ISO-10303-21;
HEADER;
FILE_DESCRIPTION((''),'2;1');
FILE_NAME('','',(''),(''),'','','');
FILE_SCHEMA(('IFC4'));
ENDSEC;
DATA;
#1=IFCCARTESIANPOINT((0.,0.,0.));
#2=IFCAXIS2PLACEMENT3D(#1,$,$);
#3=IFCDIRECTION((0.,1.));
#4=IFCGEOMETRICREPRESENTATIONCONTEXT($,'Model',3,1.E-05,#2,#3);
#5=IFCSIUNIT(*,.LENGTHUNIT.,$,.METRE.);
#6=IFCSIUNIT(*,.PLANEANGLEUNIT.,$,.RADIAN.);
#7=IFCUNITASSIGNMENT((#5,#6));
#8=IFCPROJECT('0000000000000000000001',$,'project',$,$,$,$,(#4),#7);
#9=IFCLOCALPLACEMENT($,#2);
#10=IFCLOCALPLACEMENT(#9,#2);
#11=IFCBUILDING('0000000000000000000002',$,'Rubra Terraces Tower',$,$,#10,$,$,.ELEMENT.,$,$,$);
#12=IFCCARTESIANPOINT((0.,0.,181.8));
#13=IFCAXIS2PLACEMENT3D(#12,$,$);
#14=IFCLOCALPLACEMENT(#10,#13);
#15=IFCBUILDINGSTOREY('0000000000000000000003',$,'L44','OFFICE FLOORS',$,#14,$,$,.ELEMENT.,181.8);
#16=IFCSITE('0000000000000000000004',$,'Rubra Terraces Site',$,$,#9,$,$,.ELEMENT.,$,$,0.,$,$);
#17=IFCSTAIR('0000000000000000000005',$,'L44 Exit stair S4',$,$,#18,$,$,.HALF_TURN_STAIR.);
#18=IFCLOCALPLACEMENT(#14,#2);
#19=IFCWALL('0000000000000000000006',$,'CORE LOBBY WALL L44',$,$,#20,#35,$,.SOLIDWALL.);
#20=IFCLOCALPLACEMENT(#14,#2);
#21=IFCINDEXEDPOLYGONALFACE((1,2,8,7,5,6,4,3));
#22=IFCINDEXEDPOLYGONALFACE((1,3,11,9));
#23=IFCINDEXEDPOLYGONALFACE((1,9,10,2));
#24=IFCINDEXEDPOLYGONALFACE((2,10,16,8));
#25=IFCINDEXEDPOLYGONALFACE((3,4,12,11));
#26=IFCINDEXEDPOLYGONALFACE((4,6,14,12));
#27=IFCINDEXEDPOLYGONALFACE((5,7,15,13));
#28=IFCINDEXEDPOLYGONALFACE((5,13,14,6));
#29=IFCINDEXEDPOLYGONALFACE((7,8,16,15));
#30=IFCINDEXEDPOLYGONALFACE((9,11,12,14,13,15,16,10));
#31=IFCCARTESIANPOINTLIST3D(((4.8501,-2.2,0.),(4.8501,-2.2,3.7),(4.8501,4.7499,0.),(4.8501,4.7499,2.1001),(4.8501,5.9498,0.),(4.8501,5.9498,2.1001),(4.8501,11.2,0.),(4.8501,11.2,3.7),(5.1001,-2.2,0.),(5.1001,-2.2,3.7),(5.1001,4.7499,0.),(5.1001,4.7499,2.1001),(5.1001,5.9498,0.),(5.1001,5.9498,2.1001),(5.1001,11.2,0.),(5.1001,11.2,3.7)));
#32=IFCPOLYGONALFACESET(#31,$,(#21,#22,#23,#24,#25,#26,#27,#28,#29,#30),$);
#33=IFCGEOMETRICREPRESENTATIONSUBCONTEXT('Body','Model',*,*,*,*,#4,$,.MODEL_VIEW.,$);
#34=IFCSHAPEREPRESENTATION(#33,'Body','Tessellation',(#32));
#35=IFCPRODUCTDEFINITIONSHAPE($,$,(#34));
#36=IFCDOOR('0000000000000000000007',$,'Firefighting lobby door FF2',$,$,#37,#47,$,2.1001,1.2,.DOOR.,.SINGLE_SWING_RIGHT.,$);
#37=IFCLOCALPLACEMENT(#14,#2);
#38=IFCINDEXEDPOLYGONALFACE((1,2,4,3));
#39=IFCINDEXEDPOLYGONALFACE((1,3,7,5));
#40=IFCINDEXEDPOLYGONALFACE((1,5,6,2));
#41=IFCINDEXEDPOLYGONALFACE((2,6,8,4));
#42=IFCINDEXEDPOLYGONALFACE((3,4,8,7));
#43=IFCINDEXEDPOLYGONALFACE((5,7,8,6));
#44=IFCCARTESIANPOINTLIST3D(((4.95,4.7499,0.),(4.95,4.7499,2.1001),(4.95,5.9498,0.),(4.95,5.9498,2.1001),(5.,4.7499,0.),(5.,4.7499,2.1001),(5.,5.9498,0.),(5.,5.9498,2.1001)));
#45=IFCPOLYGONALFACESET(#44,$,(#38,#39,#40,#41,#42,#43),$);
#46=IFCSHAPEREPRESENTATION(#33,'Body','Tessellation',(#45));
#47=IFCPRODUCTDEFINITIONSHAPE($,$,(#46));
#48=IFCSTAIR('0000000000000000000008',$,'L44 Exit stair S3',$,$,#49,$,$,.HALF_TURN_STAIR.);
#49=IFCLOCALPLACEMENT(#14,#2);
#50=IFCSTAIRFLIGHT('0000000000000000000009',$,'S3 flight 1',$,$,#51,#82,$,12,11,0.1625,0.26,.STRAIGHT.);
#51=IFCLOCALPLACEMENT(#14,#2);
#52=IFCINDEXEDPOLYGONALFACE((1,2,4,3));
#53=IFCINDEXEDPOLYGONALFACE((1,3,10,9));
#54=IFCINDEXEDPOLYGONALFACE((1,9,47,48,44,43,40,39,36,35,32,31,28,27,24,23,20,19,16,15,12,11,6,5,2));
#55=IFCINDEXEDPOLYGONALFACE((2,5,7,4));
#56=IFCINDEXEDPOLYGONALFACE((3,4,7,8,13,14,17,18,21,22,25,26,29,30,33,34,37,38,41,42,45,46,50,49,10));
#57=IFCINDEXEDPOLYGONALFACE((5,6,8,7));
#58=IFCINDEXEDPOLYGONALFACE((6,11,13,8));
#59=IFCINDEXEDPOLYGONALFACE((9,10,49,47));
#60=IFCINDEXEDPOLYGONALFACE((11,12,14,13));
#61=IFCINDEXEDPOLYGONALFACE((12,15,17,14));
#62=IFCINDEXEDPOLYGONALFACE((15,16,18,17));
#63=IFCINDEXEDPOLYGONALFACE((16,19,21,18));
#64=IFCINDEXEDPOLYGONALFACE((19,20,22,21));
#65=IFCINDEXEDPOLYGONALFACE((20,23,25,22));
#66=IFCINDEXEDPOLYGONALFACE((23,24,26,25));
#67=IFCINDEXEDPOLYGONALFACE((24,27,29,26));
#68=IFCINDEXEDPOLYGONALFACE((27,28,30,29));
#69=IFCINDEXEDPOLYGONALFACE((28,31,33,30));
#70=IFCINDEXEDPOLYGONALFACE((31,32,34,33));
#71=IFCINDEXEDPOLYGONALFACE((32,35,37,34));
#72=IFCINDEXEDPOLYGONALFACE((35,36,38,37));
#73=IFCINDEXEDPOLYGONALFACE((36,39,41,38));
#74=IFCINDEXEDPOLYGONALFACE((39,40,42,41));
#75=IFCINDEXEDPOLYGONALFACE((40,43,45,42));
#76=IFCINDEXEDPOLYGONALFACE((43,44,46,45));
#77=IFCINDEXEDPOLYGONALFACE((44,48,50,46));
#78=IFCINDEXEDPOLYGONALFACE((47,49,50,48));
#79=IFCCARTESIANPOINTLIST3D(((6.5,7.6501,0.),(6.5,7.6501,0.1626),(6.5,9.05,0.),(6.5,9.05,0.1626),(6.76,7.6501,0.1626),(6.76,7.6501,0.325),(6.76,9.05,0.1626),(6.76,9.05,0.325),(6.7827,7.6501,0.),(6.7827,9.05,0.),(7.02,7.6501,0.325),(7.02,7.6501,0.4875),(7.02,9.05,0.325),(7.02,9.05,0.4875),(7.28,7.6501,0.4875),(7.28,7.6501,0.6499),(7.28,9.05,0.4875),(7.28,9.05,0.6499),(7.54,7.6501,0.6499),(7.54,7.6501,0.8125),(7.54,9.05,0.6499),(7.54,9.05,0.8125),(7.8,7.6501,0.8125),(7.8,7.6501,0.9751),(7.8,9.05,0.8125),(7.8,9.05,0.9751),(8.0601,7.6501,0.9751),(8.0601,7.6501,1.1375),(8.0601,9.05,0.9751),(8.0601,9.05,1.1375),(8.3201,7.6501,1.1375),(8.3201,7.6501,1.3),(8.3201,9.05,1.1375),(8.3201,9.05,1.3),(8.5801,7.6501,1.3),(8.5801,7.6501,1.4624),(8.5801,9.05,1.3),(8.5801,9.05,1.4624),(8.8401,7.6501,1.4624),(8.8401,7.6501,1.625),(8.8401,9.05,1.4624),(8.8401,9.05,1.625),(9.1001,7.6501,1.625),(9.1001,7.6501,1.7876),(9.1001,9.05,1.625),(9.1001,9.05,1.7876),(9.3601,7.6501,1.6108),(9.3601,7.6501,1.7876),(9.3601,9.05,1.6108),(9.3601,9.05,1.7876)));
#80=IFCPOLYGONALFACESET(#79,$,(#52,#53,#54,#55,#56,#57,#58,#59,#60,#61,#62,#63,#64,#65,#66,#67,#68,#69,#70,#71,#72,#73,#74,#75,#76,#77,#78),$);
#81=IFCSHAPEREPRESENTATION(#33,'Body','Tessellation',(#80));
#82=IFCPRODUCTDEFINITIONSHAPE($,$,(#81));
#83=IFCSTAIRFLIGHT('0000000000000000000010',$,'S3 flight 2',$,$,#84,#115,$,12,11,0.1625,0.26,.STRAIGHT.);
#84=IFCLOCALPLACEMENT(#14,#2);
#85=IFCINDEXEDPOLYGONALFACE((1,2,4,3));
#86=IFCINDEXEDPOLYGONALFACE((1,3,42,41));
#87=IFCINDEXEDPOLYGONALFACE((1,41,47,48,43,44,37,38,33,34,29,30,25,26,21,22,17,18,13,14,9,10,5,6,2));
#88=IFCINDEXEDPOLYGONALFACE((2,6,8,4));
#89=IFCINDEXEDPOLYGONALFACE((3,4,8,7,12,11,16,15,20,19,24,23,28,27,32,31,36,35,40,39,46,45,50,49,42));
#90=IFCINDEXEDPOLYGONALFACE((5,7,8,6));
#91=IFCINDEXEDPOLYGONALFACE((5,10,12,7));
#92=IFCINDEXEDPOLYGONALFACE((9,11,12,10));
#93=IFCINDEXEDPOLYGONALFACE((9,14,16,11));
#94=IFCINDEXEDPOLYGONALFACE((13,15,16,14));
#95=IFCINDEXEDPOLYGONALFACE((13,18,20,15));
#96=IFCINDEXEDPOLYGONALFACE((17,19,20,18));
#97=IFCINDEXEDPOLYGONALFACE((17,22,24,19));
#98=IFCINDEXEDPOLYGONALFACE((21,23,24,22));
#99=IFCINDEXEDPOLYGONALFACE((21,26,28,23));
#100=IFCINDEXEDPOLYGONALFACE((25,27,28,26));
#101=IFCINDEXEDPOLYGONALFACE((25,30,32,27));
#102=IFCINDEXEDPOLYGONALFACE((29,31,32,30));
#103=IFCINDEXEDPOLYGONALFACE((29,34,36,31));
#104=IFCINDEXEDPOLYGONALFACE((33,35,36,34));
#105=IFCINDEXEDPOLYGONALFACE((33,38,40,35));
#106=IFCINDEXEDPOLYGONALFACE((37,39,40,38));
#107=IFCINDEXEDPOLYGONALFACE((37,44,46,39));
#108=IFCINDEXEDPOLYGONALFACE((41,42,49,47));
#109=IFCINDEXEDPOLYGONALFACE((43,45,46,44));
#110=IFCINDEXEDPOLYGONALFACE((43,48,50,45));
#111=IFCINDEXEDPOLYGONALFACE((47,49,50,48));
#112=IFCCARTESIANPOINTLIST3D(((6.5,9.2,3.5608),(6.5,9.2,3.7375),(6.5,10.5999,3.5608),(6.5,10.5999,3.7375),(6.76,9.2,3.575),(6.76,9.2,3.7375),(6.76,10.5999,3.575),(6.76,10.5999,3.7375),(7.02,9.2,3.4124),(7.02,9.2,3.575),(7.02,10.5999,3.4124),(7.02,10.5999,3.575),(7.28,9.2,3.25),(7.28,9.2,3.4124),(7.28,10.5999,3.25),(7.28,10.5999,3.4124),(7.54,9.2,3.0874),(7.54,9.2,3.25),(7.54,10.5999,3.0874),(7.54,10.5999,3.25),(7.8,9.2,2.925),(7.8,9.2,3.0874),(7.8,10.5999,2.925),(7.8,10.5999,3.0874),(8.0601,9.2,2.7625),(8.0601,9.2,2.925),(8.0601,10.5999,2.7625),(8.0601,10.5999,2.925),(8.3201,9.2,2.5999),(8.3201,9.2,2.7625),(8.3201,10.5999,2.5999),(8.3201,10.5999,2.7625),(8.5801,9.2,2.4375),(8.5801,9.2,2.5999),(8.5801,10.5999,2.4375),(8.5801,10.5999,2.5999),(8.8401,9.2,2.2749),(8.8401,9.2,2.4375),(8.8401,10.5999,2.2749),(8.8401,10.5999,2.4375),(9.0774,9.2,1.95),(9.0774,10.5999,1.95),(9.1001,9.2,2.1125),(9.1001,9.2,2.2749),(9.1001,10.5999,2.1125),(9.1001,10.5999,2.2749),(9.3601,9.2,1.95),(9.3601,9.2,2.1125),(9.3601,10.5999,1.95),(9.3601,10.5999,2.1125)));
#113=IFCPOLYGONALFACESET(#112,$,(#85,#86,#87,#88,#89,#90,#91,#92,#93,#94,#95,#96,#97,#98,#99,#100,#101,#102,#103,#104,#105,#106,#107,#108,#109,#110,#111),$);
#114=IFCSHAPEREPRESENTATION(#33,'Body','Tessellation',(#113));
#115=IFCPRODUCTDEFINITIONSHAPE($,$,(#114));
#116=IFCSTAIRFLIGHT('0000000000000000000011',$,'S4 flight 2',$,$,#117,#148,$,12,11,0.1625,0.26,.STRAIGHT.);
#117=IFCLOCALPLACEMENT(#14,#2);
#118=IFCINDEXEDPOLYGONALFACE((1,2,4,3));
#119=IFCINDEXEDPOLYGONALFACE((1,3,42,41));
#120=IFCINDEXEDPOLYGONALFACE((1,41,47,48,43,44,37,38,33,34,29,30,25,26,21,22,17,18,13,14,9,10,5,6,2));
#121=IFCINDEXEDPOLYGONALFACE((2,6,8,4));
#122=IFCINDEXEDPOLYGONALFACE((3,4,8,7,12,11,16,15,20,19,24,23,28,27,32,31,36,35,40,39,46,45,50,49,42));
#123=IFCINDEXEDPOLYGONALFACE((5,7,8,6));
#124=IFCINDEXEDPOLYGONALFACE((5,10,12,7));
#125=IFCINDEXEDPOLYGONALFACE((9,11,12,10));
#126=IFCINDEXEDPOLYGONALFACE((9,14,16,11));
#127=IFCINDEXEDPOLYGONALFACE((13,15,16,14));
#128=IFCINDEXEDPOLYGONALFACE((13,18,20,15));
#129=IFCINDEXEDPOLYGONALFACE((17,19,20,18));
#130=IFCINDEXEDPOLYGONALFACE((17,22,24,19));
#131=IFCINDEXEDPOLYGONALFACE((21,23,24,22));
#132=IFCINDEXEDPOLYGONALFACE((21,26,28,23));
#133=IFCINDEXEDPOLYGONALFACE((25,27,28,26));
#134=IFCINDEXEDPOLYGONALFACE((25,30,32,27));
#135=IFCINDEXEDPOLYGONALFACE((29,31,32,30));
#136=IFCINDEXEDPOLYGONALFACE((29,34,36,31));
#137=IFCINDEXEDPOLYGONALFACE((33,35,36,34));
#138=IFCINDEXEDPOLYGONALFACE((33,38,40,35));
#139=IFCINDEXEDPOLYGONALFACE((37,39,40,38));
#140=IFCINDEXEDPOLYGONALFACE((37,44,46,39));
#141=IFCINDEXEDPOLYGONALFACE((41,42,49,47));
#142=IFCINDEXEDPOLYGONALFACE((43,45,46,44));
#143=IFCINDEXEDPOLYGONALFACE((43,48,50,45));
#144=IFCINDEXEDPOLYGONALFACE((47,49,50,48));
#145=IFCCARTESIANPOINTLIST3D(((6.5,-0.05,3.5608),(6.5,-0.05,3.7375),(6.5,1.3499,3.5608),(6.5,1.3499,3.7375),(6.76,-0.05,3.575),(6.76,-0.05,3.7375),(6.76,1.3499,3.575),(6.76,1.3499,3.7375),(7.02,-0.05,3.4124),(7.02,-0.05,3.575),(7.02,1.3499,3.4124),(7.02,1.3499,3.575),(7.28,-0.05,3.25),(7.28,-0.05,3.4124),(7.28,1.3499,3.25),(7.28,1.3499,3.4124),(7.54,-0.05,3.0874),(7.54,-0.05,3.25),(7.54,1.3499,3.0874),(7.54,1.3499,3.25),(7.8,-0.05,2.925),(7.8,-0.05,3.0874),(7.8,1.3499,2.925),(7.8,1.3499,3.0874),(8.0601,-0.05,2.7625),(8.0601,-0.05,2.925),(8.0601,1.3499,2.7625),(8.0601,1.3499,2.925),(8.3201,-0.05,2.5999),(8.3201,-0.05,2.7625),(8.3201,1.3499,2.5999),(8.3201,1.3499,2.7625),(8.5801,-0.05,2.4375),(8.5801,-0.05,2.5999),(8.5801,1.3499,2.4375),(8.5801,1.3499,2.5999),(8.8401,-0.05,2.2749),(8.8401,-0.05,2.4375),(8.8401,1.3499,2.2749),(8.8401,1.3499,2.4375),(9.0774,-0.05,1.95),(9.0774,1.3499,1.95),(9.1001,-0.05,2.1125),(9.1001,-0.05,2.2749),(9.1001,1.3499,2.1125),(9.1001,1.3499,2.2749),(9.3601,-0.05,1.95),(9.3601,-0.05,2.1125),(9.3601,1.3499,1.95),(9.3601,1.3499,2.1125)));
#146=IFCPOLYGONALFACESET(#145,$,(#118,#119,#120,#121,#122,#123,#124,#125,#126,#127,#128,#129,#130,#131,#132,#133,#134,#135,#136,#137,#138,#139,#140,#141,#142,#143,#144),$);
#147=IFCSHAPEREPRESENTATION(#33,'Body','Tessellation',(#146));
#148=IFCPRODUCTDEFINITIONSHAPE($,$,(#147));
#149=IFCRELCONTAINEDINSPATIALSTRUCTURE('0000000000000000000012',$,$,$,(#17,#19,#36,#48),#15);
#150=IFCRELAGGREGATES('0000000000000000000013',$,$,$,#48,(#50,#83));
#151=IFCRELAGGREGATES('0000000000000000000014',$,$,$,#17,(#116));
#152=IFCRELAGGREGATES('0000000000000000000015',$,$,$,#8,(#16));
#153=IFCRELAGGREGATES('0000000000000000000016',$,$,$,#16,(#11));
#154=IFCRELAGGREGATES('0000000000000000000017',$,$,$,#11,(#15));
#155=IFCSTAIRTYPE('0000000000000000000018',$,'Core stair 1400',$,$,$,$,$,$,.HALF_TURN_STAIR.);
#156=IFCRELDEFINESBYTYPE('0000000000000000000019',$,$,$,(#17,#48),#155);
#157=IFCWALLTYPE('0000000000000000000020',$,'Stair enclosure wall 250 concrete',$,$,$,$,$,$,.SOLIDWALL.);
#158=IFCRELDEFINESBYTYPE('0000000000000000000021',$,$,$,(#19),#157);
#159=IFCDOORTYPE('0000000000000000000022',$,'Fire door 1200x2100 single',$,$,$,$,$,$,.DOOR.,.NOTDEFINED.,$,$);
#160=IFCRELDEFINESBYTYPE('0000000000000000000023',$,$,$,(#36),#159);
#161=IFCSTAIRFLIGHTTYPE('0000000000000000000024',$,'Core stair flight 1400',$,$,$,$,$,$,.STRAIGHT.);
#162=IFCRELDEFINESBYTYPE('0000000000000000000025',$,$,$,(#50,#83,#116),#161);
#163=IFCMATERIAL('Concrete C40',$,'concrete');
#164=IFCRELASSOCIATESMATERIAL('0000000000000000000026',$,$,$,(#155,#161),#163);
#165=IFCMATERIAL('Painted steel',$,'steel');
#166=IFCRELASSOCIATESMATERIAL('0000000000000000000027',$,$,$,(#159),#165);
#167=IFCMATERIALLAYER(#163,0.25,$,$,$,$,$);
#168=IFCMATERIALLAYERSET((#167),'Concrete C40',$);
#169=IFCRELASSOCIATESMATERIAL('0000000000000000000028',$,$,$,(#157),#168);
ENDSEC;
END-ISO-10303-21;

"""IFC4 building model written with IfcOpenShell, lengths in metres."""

from ifc_helpers import new_model, si_unit, direction, frame, frame_2d, origin, place, context, subcontext, project, spatial, polyline, rectangle, outline, extrude, material, layer, layer_set, type_object, element, fill, aggregate, save


model = new_model("IFC4")

# Units and contexts
model_context = context("Model", 3, precision=1e-05, world=origin(), true_north=direction((0.0, 1.0)))
body_context = subcontext(model_context, "Body", "Model", "MODEL_VIEW")
ifc_project = project(units=[si_unit("LENGTHUNIT", "METRE"), si_unit("PLANEANGLEUNIT", "RADIAN")], contexts=[model_context])

# Site, building, storey
site_placement = place(None, origin())
site = spatial("IfcSite", under=ifc_project, at=site_placement, Name="Rubra Terraces Site", CompositionType="ELEMENT", RefElevation=0.0)
building_placement = place(site_placement, origin())
building = spatial("IfcBuilding", under=site, at=building_placement, Name="Rubra Terraces Tower", CompositionType="ELEMENT")
storey_placement = place(building_placement, frame((0.0, 0.0, 181.8)))
storey = spatial("IfcBuildingStorey", under=building, at=storey_placement, Name="L44", Description="OFFICE FLOORS", CompositionType="ELEMENT", Elevation=181.8)

# Stair
ifc_material_1 = material(Name="Concrete C40", Category="concrete")
stair_type = type_object("IfcStairType", Name="Core stair 1400", PredefinedType="HALF_TURN_STAIR", material=ifc_material_1)
stair_1_placement = place(storey_placement, origin())
stair_1 = element("IfcStair", 1, at=stair_1_placement, inside=storey, type_object=stair_type, Name="L44 Exit stair S4", PredefinedType="HALF_TURN_STAIR")

# Shared definitions
ifc_material_2 = material(Name="Painted steel", Category="steel")
door_type_1 = type_object("IfcDoorType", Name="Fire door 1200x2100 single", OperationType="NOTDEFINED", PredefinedType="DOOR", material=ifc_material_2)

# Wall, opening, door
ifc_layer_1 = layer(ifc_material_1, 0.25)
ifc_layer_set_1 = layer_set([ifc_layer_1], Name="Concrete C40")
wall_type_1 = type_object("IfcWallType", Name="Stair enclosure wall 250 concrete", PredefinedType="SOLIDWALL", material=ifc_layer_set_1)
wall_1_placement = place(storey_placement, frame((4.9751, 11.2, 0.0), z_axis=(0.0, 0.0, 1.0), x_axis=(0.0, -1.0, 0.0)))
wall_1 = element("IfcWall", 2, at=wall_1_placement, inside=storey, type_object=wall_type_1, Name="CORE LOBBY WALL L44", PredefinedType="SOLIDWALL", context=body_context, shape_type="SweptSolid", body=[
    extrude(rectangle(XDim=13.3999, YDim=0.25, at=frame_2d((6.7, 0.0))), origin(), (0.0, 0.0, 1.0), 3.7),
])
opening_1_placement = place(wall_1_placement, frame((5.25, 0.0, 0.0)))
opening_1 = element("IfcOpeningElement", 3, at=opening_1_placement, cuts=wall_1, PredefinedType="OPENING", context=body_context, shape_type="SweptSolid", body=[
    extrude(rectangle(XDim=1.2, YDim=2.1001, at=frame_2d((0.6001, 1.05))), frame((0.0, 0.135, 0.0), z_axis=(0.0, -1.0, 0.0), x_axis=(1.0, 0.0, 0.0)), (0.0, 0.0, 1.0), 0.27),
])
door_1_placement = place(opening_1_placement, origin())
door_1 = element("IfcDoor", 4, at=door_1_placement, inside=storey, type_object=door_type_1, Name="Firefighting lobby door FF2", OperationType="SINGLE_SWING_RIGHT", OverallHeight=2.1001, OverallWidth=1.2, PredefinedType="DOOR", context=body_context, shape_type="SweptSolid", body=[
    extrude(rectangle(XDim=1.2, YDim=2.1001, at=frame_2d((0.6001, 1.05))), frame((0.0, 0.0249, 0.0), z_axis=(0.0, -1.0, 0.0), x_axis=(1.0, 0.0, 0.0)), (0.0, 0.0, 1.0), 0.05),
])
fill(opening_1, door_1)

# Stair, stair flights
stair_2_placement = place(storey_placement, origin())
stair_2 = element("IfcStair", 5, at=stair_2_placement, inside=storey, type_object=stair_type, Name="L44 Exit stair S3", PredefinedType="HALF_TURN_STAIR")
stair_flight_type = type_object("IfcStairFlightType", Name="Core stair flight 1400", PredefinedType="STRAIGHT", material=ifc_material_1)
stair_flight_1_placement = place(storey_placement, frame((6.5, 8.3501, 0.0), z_axis=(0.0, 0.0, 1.0), x_axis=(1.0, 0.0, 0.0)))
stair_flight_1 = element("IfcStairFlight", 6, at=stair_flight_1_placement, type_object=stair_flight_type, Name="S3 flight 1", NumberOfRisers=12, NumberOfTreads=11, PredefinedType="STRAIGHT", RiserHeight=0.1625, TreadLength=0.26, context=body_context, shape_type="SweptSolid", body=[
    extrude(outline(polyline([(0.0, 0.0), (0.0, 0.1626), (0.26, 0.1626), (0.26, 0.325), (0.52, 0.325), (0.52, 0.4875), (0.78, 0.4875), (0.78, 0.6499), (1.04, 0.6499), (1.04, 0.8125), (1.3, 0.8125), (1.3, 0.9751), (1.5601, 0.9751), (1.5601, 1.1375), (1.8201, 1.1375), (1.8201, 1.3), (2.0801, 1.3), (2.0801, 1.4624), (2.3401, 1.4624), (2.3401, 1.625), (2.6001, 1.625), (2.6001, 1.7876), (2.8601, 1.7876), (2.8601, 1.95), (2.8601, 1.6108), (0.2827, 0.0), (0.0, 0.0)])), frame((0.0, 0.7, 0.0), z_axis=(0.0, -1.0, 0.0), x_axis=(1.0, 0.0, 0.0)), (0.0, 0.0, 1.0), 1.3999),
])
stair_flight_2_placement = place(storey_placement, frame((9.3601, 9.8999, 1.95), z_axis=(0.0, 0.0, 1.0), x_axis=(-1.0, 0.0, 0.0)))
stair_flight_2 = element("IfcStairFlight", 7, at=stair_flight_2_placement, type_object=stair_flight_type, Name="S3 flight 2", NumberOfRisers=12, NumberOfTreads=11, PredefinedType="STRAIGHT", RiserHeight=0.1625, TreadLength=0.26, context=body_context, shape_type="SweptSolid", body=[
    extrude(outline(polyline([(0.0, 0.0), (0.0, 0.1626), (0.26, 0.1626), (0.26, 0.325), (0.52, 0.325), (0.52, 0.4875), (0.78, 0.4875), (0.78, 0.6499), (1.04, 0.6499), (1.04, 0.8125), (1.3, 0.8125), (1.3, 0.9751), (1.5601, 0.9751), (1.5601, 1.1375), (1.8201, 1.1375), (1.8201, 1.3), (2.0801, 1.3), (2.0801, 1.4624), (2.3401, 1.4624), (2.3401, 1.625), (2.6001, 1.625), (2.6001, 1.7876), (2.8601, 1.7876), (2.8601, 1.95), (2.8601, 1.6108), (0.2827, 0.0), (0.0, 0.0)])), frame((0.0, 0.7, 0.0), z_axis=(0.0, -1.0, 0.0), x_axis=(1.0, 0.0, 0.0)), (0.0, 0.0, 1.0), 1.3999),
])
aggregate(stair_2, [stair_flight_1, stair_flight_2])

# Stair flight
stair_flight_3_placement = place(storey_placement, frame((9.3601, 0.6499, 1.95), z_axis=(0.0, 0.0, 1.0), x_axis=(-1.0, 0.0, 0.0)))
stair_flight_3 = element("IfcStairFlight", 8, at=stair_flight_3_placement, type_object=stair_flight_type, Name="S4 flight 2", NumberOfRisers=12, NumberOfTreads=11, PredefinedType="STRAIGHT", RiserHeight=0.1625, TreadLength=0.26, context=body_context, shape_type="SweptSolid", body=[
    extrude(outline(polyline([(0.0, 0.0), (0.0, 0.1626), (0.26, 0.1626), (0.26, 0.325), (0.52, 0.325), (0.52, 0.4875), (0.78, 0.4875), (0.78, 0.6499), (1.04, 0.6499), (1.04, 0.8125), (1.3, 0.8125), (1.3, 0.9751), (1.5601, 0.9751), (1.5601, 1.1375), (1.8201, 1.1375), (1.8201, 1.3), (2.0801, 1.3), (2.0801, 1.4624), (2.3401, 1.4624), (2.3401, 1.625), (2.6001, 1.625), (2.6001, 1.7876), (2.8601, 1.7876), (2.8601, 1.95), (2.8601, 1.6108), (0.2827, 0.0), (0.0, 0.0)])), frame((0.0, 0.7, 0.0), z_axis=(0.0, -1.0, 0.0), x_axis=(1.0, 0.0, 0.0)), (0.0, 0.0, 1.0), 1.3999),
])
aggregate(stair_1, [stair_flight_3])

save(model, "model.ifc")
